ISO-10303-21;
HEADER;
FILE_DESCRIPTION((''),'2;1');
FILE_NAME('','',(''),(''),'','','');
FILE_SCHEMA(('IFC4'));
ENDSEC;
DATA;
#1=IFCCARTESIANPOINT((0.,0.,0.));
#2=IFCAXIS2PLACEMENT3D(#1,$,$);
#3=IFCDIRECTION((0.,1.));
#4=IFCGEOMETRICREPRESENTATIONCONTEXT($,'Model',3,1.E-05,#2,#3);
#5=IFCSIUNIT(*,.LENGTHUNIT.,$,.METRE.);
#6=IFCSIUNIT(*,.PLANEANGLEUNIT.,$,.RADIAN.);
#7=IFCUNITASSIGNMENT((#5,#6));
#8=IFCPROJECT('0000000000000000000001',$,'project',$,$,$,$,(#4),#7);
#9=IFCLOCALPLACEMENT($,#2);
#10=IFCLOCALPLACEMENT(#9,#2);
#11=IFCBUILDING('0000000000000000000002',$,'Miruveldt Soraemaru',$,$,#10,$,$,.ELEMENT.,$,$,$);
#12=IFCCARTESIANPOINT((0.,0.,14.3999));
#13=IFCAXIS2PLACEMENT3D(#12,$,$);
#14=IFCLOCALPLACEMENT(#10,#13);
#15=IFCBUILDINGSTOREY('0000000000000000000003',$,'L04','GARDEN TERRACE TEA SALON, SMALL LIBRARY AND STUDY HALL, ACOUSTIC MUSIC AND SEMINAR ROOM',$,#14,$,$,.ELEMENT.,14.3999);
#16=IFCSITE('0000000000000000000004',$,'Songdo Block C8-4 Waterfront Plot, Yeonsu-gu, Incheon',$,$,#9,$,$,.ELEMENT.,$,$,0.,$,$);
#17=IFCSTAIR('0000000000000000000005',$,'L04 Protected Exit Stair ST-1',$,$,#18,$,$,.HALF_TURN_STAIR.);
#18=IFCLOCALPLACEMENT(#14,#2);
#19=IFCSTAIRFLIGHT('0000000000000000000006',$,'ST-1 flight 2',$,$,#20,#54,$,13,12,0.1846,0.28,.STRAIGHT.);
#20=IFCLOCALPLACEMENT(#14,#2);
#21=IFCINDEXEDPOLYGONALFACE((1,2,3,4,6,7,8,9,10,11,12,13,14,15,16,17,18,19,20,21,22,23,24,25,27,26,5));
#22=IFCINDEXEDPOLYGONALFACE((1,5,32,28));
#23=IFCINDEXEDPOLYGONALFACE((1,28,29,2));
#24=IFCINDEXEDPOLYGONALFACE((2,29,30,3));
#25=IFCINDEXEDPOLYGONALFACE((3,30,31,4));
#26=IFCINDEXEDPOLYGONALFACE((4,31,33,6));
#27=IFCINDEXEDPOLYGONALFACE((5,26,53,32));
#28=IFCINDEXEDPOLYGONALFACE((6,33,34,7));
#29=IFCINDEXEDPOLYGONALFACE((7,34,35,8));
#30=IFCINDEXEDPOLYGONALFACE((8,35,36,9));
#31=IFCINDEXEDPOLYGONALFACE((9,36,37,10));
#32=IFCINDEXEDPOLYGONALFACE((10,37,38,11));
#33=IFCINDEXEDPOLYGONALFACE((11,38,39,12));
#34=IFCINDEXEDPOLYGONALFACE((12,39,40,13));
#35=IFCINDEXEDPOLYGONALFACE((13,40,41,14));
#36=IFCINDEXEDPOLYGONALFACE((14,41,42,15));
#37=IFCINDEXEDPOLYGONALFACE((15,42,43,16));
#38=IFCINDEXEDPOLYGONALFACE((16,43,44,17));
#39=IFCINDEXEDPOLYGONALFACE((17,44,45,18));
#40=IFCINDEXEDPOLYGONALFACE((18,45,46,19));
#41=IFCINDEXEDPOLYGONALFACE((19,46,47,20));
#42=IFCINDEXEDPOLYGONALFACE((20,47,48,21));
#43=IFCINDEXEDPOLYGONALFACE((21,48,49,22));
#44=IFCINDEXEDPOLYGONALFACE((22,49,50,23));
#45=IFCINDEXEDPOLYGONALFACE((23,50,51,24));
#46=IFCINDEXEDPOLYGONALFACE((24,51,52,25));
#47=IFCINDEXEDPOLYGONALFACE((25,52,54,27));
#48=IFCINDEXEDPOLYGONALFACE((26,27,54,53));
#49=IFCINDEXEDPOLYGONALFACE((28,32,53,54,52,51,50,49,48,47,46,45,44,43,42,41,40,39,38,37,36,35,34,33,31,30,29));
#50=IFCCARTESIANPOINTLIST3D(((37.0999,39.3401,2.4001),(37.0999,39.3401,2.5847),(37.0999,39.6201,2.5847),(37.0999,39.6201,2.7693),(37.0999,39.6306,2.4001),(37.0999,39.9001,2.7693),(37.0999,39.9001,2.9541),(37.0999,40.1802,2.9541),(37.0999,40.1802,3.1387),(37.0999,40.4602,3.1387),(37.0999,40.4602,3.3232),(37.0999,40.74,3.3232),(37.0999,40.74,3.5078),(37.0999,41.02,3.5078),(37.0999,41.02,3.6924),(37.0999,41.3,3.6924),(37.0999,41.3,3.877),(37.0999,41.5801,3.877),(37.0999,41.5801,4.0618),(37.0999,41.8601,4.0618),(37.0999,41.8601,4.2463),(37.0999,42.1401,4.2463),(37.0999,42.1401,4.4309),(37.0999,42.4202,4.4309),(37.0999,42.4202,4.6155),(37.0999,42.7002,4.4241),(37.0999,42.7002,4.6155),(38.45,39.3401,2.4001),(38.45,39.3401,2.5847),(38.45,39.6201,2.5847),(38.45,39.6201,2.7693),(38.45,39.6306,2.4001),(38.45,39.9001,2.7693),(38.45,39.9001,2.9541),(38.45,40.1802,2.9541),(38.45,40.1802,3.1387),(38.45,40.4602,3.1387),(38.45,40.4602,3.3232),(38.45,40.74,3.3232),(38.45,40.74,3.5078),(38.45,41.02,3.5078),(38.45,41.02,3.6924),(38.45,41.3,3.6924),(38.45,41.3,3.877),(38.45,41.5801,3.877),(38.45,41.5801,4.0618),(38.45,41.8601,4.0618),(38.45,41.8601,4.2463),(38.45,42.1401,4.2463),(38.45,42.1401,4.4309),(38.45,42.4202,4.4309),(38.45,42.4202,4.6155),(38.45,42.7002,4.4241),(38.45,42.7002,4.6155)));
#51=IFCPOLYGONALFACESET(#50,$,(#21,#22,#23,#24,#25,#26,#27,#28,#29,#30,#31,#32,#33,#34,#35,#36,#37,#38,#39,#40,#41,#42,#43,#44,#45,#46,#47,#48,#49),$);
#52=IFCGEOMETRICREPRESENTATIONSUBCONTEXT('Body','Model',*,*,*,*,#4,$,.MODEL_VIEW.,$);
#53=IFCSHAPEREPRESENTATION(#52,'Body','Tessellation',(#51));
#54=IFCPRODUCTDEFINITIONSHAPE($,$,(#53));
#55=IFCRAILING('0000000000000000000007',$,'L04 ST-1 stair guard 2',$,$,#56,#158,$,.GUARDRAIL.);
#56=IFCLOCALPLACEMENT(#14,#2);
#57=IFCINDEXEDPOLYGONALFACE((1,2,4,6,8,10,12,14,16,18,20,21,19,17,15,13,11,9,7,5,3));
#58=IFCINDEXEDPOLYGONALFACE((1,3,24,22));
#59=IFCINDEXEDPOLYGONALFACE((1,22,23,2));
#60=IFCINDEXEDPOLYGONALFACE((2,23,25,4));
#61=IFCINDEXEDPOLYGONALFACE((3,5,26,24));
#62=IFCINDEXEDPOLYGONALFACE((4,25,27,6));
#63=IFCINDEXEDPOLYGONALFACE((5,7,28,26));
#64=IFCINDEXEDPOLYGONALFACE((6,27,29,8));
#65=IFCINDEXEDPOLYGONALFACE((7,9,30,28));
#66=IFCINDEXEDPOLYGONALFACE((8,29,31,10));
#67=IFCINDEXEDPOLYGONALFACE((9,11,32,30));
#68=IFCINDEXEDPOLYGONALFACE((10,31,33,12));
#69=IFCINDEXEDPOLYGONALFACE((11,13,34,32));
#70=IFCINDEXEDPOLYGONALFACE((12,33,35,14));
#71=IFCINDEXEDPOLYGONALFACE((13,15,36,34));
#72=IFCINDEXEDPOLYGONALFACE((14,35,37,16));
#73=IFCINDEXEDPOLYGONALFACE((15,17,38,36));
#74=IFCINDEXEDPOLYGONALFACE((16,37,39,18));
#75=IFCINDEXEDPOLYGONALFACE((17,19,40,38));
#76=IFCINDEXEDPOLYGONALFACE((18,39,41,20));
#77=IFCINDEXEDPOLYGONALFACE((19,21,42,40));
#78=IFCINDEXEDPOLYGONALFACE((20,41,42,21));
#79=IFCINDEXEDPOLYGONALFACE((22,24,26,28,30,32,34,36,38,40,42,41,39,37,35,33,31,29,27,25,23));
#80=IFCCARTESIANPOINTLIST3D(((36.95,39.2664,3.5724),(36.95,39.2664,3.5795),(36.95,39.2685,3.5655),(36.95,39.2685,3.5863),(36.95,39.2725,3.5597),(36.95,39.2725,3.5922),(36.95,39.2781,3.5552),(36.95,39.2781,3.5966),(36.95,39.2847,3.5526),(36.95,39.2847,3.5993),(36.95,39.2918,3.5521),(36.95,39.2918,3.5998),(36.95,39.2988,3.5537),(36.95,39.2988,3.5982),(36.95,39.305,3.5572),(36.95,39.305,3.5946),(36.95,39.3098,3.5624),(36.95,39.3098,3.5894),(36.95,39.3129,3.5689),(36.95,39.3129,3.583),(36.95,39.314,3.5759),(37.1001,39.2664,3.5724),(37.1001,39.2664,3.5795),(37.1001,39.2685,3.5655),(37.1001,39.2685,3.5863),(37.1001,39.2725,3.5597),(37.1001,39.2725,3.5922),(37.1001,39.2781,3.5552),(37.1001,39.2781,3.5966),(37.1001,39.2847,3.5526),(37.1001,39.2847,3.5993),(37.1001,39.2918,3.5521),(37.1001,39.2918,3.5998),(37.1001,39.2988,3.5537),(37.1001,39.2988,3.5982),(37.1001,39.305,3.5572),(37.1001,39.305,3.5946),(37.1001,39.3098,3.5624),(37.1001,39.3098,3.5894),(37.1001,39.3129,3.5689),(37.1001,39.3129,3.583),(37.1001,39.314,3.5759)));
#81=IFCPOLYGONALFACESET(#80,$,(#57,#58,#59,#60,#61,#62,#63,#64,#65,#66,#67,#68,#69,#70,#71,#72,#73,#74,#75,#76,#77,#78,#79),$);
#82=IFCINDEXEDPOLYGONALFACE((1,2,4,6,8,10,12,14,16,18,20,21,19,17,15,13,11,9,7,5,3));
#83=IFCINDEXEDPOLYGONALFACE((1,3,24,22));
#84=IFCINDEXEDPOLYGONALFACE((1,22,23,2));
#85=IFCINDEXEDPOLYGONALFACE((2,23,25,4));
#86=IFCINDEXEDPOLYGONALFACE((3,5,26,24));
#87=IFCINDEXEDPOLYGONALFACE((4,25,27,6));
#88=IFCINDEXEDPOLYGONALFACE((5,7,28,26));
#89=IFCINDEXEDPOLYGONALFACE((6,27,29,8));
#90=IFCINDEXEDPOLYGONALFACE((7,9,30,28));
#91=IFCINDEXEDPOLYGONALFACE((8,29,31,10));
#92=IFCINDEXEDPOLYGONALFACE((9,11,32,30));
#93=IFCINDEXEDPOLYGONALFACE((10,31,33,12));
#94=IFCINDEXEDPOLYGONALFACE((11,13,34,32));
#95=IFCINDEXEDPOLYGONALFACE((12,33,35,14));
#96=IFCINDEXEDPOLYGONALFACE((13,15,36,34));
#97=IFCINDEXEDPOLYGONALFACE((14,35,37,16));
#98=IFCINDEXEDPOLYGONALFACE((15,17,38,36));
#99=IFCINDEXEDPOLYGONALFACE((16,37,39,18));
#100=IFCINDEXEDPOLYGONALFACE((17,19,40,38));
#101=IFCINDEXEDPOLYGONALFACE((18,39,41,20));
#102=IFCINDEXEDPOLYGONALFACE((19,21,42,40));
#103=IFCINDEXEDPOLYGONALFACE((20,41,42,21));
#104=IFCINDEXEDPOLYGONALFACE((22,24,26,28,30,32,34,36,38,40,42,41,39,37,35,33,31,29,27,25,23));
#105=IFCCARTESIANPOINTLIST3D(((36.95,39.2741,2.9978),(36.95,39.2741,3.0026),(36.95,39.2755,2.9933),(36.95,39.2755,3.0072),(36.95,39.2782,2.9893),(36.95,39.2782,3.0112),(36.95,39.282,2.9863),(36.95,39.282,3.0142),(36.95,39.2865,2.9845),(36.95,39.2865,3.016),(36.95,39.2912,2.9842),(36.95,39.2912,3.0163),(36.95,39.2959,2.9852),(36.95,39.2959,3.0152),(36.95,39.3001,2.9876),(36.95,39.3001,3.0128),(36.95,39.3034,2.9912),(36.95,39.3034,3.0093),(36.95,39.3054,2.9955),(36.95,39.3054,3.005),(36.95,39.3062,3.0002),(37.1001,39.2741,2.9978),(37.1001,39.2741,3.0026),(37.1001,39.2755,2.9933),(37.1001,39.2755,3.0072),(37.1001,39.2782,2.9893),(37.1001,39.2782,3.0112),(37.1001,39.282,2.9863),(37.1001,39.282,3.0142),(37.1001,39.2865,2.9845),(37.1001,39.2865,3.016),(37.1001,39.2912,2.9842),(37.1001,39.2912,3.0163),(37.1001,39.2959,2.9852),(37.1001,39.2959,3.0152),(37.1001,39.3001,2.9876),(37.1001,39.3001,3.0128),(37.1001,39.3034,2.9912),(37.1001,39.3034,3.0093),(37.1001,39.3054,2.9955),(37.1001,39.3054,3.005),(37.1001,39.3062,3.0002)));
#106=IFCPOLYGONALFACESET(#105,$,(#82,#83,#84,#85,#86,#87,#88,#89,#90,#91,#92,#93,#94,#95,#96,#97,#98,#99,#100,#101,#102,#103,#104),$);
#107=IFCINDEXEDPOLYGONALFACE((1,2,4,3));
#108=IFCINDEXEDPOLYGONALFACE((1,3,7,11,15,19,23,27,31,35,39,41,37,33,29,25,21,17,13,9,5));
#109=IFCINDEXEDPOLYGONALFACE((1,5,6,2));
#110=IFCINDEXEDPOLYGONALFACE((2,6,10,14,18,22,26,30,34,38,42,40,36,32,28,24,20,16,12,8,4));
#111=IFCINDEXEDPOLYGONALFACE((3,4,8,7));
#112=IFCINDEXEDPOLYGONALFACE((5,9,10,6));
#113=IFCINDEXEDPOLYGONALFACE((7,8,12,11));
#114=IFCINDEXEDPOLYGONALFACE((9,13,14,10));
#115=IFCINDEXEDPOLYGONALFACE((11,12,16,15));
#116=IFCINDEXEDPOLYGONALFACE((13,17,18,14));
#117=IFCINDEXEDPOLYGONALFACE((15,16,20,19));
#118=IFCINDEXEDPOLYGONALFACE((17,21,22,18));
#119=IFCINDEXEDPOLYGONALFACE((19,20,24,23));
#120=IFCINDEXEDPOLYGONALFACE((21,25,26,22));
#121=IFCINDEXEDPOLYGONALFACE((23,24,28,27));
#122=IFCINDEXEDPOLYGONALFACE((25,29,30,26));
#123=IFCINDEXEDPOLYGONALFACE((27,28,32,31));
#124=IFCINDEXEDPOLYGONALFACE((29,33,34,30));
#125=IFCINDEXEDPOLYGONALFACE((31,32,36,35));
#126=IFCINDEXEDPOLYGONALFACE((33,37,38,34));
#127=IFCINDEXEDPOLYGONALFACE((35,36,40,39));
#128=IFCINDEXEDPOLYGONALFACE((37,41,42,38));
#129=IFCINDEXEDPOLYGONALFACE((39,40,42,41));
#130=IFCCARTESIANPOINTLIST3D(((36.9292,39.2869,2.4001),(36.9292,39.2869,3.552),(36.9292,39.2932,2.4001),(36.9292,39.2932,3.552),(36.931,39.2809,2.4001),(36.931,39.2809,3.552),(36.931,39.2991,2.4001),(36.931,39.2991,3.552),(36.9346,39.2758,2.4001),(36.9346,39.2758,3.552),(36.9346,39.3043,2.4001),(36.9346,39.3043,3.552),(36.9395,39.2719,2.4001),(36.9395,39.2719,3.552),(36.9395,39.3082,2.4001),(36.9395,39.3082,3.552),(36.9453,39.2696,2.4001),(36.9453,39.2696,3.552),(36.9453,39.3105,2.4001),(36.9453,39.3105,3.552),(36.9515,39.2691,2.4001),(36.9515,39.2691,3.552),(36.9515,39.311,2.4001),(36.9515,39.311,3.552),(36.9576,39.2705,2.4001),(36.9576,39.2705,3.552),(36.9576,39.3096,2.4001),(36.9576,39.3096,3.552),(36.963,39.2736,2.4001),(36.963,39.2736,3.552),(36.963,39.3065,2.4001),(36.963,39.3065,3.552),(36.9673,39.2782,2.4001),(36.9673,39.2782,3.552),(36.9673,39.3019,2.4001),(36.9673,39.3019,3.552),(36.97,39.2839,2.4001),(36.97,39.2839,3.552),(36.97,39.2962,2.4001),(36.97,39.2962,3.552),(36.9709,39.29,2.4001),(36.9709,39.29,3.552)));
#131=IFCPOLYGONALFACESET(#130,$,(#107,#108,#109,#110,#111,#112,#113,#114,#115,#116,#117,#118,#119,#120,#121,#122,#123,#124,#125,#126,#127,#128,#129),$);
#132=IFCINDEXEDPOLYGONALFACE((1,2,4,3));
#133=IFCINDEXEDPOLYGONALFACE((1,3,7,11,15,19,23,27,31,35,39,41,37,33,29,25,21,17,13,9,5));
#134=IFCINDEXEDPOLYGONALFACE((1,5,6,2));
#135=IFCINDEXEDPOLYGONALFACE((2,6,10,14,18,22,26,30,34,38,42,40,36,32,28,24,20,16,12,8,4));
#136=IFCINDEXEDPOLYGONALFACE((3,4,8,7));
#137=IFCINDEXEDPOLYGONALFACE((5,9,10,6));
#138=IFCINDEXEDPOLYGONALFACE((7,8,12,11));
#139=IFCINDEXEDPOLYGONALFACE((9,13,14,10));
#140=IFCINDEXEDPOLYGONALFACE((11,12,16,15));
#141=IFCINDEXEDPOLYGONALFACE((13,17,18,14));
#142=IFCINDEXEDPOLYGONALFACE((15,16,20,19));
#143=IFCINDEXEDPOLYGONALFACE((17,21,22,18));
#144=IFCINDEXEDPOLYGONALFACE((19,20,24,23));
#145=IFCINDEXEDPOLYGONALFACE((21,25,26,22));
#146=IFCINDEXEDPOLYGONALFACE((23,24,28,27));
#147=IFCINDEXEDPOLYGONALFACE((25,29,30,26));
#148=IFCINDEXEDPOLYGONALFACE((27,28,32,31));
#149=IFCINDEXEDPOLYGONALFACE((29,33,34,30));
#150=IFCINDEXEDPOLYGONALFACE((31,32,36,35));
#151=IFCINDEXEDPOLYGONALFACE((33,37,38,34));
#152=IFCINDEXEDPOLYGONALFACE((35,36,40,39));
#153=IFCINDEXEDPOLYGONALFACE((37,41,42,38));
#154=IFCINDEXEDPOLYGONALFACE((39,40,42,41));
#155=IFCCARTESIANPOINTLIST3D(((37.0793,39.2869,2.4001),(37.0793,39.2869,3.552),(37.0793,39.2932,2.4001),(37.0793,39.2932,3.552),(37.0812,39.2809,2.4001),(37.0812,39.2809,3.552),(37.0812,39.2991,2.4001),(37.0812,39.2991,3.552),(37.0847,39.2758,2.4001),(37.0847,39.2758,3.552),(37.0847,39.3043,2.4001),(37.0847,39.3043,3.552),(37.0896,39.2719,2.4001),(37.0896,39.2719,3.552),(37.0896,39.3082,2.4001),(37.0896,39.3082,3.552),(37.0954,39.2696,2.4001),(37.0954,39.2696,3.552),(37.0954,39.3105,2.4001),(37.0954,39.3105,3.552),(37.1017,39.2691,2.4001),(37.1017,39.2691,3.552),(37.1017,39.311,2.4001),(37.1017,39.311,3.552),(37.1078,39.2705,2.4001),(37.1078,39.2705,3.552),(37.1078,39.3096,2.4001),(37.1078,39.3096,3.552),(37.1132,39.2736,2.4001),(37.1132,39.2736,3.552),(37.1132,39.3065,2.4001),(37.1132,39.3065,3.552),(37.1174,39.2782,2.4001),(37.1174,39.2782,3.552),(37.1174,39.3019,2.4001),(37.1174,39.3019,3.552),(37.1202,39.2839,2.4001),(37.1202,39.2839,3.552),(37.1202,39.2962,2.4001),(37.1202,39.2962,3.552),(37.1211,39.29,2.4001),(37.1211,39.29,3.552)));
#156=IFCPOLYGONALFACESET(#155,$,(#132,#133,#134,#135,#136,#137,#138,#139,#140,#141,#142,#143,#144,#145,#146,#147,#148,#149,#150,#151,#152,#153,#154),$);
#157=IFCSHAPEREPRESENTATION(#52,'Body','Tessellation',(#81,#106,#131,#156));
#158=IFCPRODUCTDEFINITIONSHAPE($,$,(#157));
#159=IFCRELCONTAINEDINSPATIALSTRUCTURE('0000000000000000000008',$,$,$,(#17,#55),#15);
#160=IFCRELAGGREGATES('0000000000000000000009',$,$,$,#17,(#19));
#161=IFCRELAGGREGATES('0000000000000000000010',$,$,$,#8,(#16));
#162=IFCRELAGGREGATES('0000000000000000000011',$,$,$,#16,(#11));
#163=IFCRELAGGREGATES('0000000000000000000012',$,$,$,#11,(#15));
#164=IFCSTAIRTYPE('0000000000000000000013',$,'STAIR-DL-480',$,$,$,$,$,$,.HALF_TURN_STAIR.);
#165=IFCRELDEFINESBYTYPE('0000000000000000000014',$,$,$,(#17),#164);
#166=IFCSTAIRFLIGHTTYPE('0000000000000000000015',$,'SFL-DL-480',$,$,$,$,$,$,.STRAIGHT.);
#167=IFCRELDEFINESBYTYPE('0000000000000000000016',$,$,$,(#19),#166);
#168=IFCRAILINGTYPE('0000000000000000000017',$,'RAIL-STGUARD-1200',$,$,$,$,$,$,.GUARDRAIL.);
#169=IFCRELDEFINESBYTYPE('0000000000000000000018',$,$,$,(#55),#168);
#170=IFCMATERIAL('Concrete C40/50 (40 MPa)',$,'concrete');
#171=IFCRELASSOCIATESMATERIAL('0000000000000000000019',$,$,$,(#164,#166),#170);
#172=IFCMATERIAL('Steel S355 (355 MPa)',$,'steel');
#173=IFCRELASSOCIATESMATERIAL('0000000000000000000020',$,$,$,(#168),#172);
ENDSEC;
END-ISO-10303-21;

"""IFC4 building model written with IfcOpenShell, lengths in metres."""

from ifc_helpers import new_model, si_unit, direction, frame, origin, origin_2d, place, context, subcontext, project, spatial, polyline, circle, outline, extrude, material, type_object, element, aggregate, save


model = new_model("IFC4")

# Units and contexts
model_context = context("Model", 3, precision=1e-05, world=origin(), true_north=direction((0.0, 1.0)))
body_context = subcontext(model_context, "Body", "Model", "MODEL_VIEW")
ifc_project = project(units=[si_unit("LENGTHUNIT", "METRE"), si_unit("PLANEANGLEUNIT", "RADIAN")], contexts=[model_context])

# Site, building, storey
site_placement = place(None, origin())
site = spatial("IfcSite", under=ifc_project, at=site_placement, Name="Songdo Block C8-4 Waterfront Plot, Yeonsu-gu, Incheon", CompositionType="ELEMENT", RefElevation=0.0)
building_placement = place(site_placement, origin())
building = spatial("IfcBuilding", under=site, at=building_placement, Name="Miruveldt Soraemaru", CompositionType="ELEMENT")
storey_placement = place(building_placement, frame((0.0, 0.0, 14.3999)))
storey = spatial("IfcBuildingStorey", under=building, at=storey_placement, Name="L04", Description="GARDEN TERRACE TEA SALON, SMALL LIBRARY AND STUDY HALL, ACOUSTIC MUSIC AND SEMINAR ROOM", CompositionType="ELEMENT", Elevation=14.3999)

# Shared definitions
ifc_material_1 = material(Name="Concrete C40/50 (40 MPa)", Category="concrete")

# Stair, stair flight
stair_type = type_object("IfcStairType", Name="STAIR-DL-480", PredefinedType="HALF_TURN_STAIR", material=ifc_material_1)
stair_placement = place(storey_placement, origin())
stair = element("IfcStair", 1, at=stair_placement, inside=storey, type_object=stair_type, Name="L04 Protected Exit Stair ST-1", PredefinedType="HALF_TURN_STAIR")
stair_flight_type = type_object("IfcStairFlightType", Name="SFL-DL-480", PredefinedType="STRAIGHT", material=ifc_material_1)
stair_flight_placement = place(storey_placement, frame((37.7749, 39.3401, 2.4001), z_axis=(0.0, 0.0, 1.0), x_axis=(0.0, 1.0, 0.0)))
stair_flight = element("IfcStairFlight", 2, at=stair_flight_placement, type_object=stair_flight_type, Name="ST-1 flight 2", NumberOfRisers=13, NumberOfTreads=12, PredefinedType="STRAIGHT", RiserHeight=0.1846, TreadLength=0.28, context=body_context, shape_type="SweptSolid", body=[
    extrude(outline(polyline([(0.0, 0.0), (0.0, 0.1846), (0.28, 0.1846), (0.28, 0.3691), (0.5601, 0.3691), (0.5601, 0.554), (0.8401, 0.554), (0.8401, 0.7385), (1.1201, 0.7385), (1.1201, 0.9231), (1.3999, 0.9231), (1.3999, 1.1077), (1.6799, 1.1077), (1.6799, 1.2922), (1.96, 1.2922), (1.96, 1.4768), (2.24, 1.4768), (2.24, 1.6616), (2.52, 1.6616), (2.52, 1.8462), (2.8, 1.8462), (2.8, 2.0308), (3.0801, 2.0308), (3.0801, 2.2153), (3.3601, 2.2153), (3.3601, 2.3999), (3.3601, 2.0239), (0.2905, 0.0), (0.0, 0.0)])), frame((0.0, 0.675, 0.0), z_axis=(0.0, -1.0, 0.0), x_axis=(1.0, 0.0, 0.0)), (0.0, 0.0, 1.0), 1.3501),
])
aggregate(stair, [stair_flight])

# Railing
ifc_material_2 = material(Name="Steel S355 (355 MPa)", Category="steel")
railing_type_1 = type_object("IfcRailingType", Name="RAIL-STGUARD-1200", PredefinedType="GUARDRAIL", material=ifc_material_2)
railing_1_placement = place(storey_placement, frame((36.95, 39.29, 2.4001)))
element("IfcRailing", 3, at=railing_1_placement, inside=storey, type_object=railing_type_1, Name="L04 ST-1 stair guard 2", PredefinedType="GUARDRAIL", context=body_context, shape_type="SweptSolid", body=[
    extrude(circle(Radius=0.0239, at=origin_2d()), frame((0.0, 0.0, 1.1758), z_axis=(1.0, 0.0, 0.0), x_axis=(0.0, 1.0, 0.0)), (0.0, 0.0, 1.0), 0.1501),
    extrude(circle(Radius=0.0161, at=origin_2d()), frame((0.0, 0.0, 0.6001), z_axis=(1.0, 0.0, 0.0), x_axis=(0.0, 1.0, 0.0)), (0.0, 0.0, 1.0), 0.1501),
    extrude(circle(Radius=0.021, at=origin_2d()), origin(), (0.0, 0.0, 1.0), 1.1519),
    extrude(circle(Radius=0.021, at=origin_2d()), frame((0.1501, 0.0, 0.0)), (0.0, 0.0, 1.0), 1.1519),
])

save(model, "model.ifc")
